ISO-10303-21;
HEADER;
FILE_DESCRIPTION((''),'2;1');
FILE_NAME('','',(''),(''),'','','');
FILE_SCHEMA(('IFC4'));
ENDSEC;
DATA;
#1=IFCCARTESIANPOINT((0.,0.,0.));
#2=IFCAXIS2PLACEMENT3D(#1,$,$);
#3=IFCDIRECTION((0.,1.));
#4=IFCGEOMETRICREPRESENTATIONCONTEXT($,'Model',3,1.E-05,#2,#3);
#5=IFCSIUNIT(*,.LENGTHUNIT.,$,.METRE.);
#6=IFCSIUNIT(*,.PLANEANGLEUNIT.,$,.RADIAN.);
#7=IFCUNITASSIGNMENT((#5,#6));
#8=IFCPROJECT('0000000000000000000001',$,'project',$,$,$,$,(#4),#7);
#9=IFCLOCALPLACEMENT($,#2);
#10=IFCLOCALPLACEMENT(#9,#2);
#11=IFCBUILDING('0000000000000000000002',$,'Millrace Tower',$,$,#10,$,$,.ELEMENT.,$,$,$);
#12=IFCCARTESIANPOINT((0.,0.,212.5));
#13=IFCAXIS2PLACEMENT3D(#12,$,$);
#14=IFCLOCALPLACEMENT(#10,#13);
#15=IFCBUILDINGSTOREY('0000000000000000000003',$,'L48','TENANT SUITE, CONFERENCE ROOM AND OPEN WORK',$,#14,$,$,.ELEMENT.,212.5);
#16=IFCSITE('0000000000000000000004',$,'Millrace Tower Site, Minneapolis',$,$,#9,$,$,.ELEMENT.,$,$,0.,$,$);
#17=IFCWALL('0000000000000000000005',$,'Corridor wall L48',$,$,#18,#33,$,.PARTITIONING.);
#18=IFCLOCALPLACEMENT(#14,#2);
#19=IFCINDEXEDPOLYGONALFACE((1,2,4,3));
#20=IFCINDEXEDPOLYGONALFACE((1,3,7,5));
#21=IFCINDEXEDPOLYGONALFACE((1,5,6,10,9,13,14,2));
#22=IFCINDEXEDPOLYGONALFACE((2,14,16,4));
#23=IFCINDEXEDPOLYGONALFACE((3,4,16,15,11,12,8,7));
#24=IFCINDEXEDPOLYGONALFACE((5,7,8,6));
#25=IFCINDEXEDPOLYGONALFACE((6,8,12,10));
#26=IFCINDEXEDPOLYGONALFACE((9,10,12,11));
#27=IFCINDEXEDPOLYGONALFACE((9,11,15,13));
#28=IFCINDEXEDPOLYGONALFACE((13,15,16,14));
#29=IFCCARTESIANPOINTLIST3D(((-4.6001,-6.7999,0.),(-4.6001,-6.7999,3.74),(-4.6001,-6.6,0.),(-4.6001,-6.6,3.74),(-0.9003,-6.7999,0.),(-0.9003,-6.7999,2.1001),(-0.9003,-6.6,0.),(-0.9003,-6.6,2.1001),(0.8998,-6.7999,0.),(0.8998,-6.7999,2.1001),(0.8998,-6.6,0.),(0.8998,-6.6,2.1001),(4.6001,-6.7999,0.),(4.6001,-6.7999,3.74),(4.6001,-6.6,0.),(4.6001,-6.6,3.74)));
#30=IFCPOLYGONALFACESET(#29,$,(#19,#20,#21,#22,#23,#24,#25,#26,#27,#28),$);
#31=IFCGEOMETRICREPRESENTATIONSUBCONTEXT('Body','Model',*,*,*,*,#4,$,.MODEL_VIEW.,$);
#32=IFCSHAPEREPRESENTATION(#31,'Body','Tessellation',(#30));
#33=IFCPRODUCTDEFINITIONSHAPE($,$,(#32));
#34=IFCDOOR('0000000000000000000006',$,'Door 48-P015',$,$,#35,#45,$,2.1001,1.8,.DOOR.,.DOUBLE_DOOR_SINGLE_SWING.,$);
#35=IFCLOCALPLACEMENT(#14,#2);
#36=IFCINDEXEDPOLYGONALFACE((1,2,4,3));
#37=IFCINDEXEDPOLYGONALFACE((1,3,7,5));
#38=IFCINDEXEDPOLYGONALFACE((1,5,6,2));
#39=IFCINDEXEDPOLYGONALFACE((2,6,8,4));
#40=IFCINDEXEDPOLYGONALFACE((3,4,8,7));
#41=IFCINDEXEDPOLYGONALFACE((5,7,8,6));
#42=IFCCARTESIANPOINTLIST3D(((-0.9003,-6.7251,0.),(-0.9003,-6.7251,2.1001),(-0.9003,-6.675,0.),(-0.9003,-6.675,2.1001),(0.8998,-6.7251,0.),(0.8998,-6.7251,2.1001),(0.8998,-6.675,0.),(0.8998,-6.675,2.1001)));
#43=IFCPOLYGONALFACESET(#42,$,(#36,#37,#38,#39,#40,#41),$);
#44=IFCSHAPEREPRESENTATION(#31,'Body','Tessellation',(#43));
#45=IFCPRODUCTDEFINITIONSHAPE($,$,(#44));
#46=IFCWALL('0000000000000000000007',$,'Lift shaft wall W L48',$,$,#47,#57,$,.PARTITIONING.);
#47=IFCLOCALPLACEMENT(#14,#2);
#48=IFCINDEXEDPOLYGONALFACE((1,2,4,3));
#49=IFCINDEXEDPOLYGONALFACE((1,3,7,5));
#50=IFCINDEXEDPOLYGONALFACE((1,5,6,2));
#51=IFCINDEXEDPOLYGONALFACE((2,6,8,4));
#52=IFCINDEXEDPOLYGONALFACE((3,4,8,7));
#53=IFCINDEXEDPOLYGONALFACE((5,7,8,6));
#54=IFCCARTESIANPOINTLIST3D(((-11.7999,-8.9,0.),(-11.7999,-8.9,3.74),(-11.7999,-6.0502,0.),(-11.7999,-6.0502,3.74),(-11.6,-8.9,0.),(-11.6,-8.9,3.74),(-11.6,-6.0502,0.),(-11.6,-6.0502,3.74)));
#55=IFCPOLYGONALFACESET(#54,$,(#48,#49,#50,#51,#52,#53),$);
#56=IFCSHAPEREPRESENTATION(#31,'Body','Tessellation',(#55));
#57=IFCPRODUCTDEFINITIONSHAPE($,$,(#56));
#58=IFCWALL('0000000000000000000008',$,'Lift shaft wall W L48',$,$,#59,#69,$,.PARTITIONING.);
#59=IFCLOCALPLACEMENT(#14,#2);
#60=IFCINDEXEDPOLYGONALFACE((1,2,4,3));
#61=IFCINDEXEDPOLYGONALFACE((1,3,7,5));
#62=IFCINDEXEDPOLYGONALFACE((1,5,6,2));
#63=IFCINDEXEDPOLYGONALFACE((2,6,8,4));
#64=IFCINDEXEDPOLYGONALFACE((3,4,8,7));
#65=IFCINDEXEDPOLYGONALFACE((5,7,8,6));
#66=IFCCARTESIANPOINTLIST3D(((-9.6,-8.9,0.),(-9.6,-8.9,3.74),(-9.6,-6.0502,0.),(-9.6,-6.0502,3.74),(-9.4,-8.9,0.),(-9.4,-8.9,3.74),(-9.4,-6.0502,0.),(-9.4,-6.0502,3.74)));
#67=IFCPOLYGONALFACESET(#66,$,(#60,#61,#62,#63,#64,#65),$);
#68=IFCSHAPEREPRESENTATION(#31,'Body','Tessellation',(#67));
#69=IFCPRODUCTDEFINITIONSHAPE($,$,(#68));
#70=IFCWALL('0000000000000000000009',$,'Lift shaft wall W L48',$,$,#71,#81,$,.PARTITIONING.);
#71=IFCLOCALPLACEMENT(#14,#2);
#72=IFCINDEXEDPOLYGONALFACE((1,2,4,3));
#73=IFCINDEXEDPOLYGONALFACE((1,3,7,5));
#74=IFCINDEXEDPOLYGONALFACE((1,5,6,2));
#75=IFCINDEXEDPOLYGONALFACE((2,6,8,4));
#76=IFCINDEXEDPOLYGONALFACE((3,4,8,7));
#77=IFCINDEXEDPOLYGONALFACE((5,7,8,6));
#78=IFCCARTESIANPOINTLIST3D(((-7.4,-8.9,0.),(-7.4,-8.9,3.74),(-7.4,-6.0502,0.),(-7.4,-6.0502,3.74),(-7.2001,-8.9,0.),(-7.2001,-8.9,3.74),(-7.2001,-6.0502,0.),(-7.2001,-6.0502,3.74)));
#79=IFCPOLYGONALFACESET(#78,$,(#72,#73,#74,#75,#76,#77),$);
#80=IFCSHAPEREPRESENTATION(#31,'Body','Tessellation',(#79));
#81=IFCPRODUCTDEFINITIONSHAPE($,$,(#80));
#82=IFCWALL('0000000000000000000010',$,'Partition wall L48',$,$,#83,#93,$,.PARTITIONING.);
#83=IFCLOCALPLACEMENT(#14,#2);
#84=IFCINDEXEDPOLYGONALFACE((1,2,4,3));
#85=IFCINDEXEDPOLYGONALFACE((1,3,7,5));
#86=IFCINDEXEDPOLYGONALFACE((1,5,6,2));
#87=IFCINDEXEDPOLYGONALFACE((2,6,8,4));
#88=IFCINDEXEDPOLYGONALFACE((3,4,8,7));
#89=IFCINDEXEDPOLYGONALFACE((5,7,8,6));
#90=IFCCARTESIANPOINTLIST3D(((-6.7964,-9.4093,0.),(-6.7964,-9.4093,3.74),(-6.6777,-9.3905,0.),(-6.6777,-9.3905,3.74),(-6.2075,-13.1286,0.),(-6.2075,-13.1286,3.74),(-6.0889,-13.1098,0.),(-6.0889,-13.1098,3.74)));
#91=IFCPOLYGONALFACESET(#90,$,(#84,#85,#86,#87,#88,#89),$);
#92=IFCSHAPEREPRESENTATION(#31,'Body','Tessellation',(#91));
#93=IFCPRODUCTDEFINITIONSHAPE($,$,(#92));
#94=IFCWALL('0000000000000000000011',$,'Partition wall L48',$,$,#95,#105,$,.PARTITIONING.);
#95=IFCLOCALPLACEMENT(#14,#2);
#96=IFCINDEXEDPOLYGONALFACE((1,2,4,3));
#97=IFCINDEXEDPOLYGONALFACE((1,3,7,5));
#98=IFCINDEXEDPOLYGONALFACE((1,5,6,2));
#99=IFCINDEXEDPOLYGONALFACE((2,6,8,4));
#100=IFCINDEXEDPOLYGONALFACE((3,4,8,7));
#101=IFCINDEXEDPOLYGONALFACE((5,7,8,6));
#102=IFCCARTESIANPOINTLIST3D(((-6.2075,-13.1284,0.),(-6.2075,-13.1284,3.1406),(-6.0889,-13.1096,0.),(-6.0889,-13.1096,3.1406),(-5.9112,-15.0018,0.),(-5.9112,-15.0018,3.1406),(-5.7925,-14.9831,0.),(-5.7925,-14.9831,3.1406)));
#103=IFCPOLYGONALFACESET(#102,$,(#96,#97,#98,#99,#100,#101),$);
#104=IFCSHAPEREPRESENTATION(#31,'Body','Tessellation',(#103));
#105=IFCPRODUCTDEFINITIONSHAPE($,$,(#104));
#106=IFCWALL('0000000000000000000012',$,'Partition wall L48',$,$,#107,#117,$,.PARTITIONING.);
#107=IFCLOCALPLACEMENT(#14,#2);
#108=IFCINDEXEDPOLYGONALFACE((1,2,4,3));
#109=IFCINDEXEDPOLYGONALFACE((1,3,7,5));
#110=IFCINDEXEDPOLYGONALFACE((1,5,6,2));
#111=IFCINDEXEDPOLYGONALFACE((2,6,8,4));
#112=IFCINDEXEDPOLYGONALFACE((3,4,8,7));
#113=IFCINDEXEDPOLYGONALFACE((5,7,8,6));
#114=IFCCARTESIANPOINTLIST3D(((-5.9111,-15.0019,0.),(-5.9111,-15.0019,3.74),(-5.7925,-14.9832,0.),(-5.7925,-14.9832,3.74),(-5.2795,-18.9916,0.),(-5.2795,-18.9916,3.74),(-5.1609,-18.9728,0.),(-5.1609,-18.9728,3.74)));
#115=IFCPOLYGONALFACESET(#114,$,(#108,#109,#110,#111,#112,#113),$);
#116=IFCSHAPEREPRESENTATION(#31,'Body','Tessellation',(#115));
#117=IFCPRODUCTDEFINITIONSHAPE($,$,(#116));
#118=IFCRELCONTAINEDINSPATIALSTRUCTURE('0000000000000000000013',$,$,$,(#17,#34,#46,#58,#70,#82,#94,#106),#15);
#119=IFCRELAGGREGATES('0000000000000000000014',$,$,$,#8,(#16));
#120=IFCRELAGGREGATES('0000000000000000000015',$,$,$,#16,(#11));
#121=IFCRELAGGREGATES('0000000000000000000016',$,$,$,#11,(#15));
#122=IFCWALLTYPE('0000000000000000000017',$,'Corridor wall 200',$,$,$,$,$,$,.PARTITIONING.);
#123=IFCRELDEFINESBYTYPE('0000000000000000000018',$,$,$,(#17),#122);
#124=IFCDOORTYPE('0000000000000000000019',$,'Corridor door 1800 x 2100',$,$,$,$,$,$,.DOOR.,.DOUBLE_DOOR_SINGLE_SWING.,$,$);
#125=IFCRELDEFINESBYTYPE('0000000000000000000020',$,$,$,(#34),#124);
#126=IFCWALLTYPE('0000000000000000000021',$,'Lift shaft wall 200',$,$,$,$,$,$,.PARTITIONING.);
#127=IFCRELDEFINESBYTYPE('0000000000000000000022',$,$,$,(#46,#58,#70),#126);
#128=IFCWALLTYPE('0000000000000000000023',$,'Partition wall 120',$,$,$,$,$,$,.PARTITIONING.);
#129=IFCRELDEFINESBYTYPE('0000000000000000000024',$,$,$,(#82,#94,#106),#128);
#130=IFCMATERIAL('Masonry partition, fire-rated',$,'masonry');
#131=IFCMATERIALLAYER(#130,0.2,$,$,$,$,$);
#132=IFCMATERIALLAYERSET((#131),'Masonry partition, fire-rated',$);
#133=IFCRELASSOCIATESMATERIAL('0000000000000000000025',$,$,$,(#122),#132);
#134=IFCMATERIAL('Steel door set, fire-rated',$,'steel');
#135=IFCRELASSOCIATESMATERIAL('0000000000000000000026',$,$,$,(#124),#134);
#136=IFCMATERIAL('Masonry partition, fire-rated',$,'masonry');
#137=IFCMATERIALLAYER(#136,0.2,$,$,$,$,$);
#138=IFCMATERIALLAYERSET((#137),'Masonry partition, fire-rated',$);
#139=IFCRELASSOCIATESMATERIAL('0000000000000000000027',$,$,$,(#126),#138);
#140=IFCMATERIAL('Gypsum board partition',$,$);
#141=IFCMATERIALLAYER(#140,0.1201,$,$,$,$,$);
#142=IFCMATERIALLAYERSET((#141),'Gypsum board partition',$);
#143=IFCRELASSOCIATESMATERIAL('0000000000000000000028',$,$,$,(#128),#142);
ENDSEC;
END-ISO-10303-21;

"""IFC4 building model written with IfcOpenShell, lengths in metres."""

from ifc_helpers import new_model, si_unit, direction, frame, frame_2d, origin, place, context, subcontext, project, spatial, rectangle, extrude, material, layer, layer_set, type_object, element, fill, save


model = new_model("IFC4")

# Units and contexts
model_context = context("Model", 3, precision=1e-05, world=origin(), true_north=direction((0.0, 1.0)))
body_context = subcontext(model_context, "Body", "Model", "MODEL_VIEW")
ifc_project = project(units=[si_unit("LENGTHUNIT", "METRE"), si_unit("PLANEANGLEUNIT", "RADIAN")], contexts=[model_context])

# Site, building, storey
site_placement = place(None, origin())
site = spatial("IfcSite", under=ifc_project, at=site_placement, Name="Millrace Tower Site, Minneapolis", CompositionType="ELEMENT", RefElevation=0.0)
building_placement = place(site_placement, origin())
building = spatial("IfcBuilding", under=site, at=building_placement, Name="Millrace Tower", CompositionType="ELEMENT")
storey_placement = place(building_placement, frame((0.0, 0.0, 212.5)))
storey = spatial("IfcBuildingStorey", under=building, at=storey_placement, Name="L48", Description="TENANT SUITE, CONFERENCE ROOM AND OPEN WORK", CompositionType="ELEMENT", Elevation=212.5)

# Wall, opening, door
ifc_material_1 = material(Name="Masonry partition, fire-rated", Category="masonry")
ifc_layer_1 = layer(ifc_material_1, 0.2)
ifc_layer_set_1 = layer_set([ifc_layer_1], Name="Masonry partition, fire-rated")
wall_type_1 = type_object("IfcWallType", Name="Corridor wall 200", PredefinedType="PARTITIONING", material=ifc_layer_set_1)
wall_1_placement = place(storey_placement, frame((-4.6001, -6.7, 0.0), z_axis=(0.0, 0.0, 1.0), x_axis=(1.0, 0.0, 0.0)))
wall_1 = element("IfcWall", 1, at=wall_1_placement, inside=storey, type_object=wall_type_1, Name="Corridor wall L48", PredefinedType="PARTITIONING", context=body_context, shape_type="SweptSolid", body=[
    extrude(rectangle(XDim=9.2002, YDim=0.2, at=frame_2d((4.6001, 0.0))), origin(), (0.0, 0.0, 1.0), 3.74),
])
opening_placement = place(wall_1_placement, frame((3.7, 0.0, 0.0)))
opening = element("IfcOpeningElement", 2, at=opening_placement, cuts=wall_1, PredefinedType="OPENING", context=body_context, shape_type="SweptSolid", body=[
    extrude(rectangle(XDim=1.8, YDim=2.1001, at=frame_2d((0.8999, 1.05))), frame((0.0, 0.1099, 0.0), z_axis=(0.0, -1.0, 0.0), x_axis=(1.0, 0.0, 0.0)), (0.0, 0.0, 1.0), 0.22),
])
ifc_material_2 = material(Name="Steel door set, fire-rated", Category="steel")
door_type = type_object("IfcDoorType", Name="Corridor door 1800 x 2100", OperationType="DOUBLE_DOOR_SINGLE_SWING", PredefinedType="DOOR", material=ifc_material_2)
door_placement = place(opening_placement, origin())
door = element("IfcDoor", 3, at=door_placement, inside=storey, type_object=door_type, Name="Door 48-P015", OperationType="DOUBLE_DOOR_SINGLE_SWING", OverallHeight=2.1001, OverallWidth=1.8, PredefinedType="DOOR", context=body_context, shape_type="SweptSolid", body=[
    extrude(rectangle(XDim=1.8, YDim=2.1001, at=frame_2d((0.8999, 1.05))), frame((0.0, 0.0249, 0.0), z_axis=(0.0, -1.0, 0.0), x_axis=(1.0, 0.0, 0.0)), (0.0, 0.0, 1.0), 0.05),
])
fill(opening, door)

# Walls
ifc_material_3 = material(Name="Masonry partition, fire-rated", Category="masonry")
ifc_layer_2 = layer(ifc_material_3, 0.2)
ifc_layer_set_2 = layer_set([ifc_layer_2], Name="Masonry partition, fire-rated")
wall_type_2 = type_object("IfcWallType", Name="Lift shaft wall 200", PredefinedType="PARTITIONING", material=ifc_layer_set_2)
for number, where, z_axis, x_axis, name in (
    (4, (-11.7, -8.8999, 0.0), (0.0, 0.0, 1.0), (0.0, 1.0, 0.0), "Lift shaft wall W L48"),
    (5, (-9.5, -8.8999, 0.0), (0.0, 0.0, 1.0), (0.0, 1.0, 0.0), "Lift shaft wall W L48"),
    (6, (-7.3, -8.8999, 0.0), (0.0, 0.0, 1.0), (0.0, 1.0, 0.0), "Lift shaft wall W L48"),
):
    element("IfcWall", number, at=place(storey_placement, frame(where, z_axis=z_axis, x_axis=x_axis)), inside=storey, type_object=wall_type_2, Name=name, PredefinedType="PARTITIONING", context=body_context, shape_type="SweptSolid", body=[
        extrude(rectangle(XDim=2.8499, YDim=0.2, at=frame_2d((1.4248, 0.0))), origin(), (0.0, 0.0, 1.0), 3.74),
    ])
ifc_material_4 = material(Name="Gypsum board partition")
ifc_layer_3 = layer(ifc_material_4, 0.1201)
ifc_layer_set_3 = layer_set([ifc_layer_3], Name="Gypsum board partition")
wall_type_3 = type_object("IfcWallType", Name="Partition wall 120", PredefinedType="PARTITIONING", material=ifc_layer_set_3)
wall_2_placement = place(storey_placement, frame((-6.7371, -9.3999, 0.0), z_axis=(0.0, 0.0, 1.0), x_axis=(0.156382, -0.987697, 0.0)))
element("IfcWall", 7, at=wall_2_placement, inside=storey, type_object=wall_type_3, Name="Partition wall L48", PredefinedType="PARTITIONING", context=body_context, shape_type="SweptSolid", body=[
    extrude(rectangle(XDim=3.7656, YDim=0.1201, at=frame_2d((1.8828, 0.0))), origin(), (0.0, 0.0, 1.0), 3.74),
])
wall_3_placement = place(storey_placement, frame((-6.1482, -13.1191, 0.0), z_axis=(0.0, 0.0, 1.0), x_axis=(0.156253, -0.987717, 0.0)))
element("IfcWall", 8, at=wall_3_placement, inside=storey, type_object=wall_type_3, Name="Partition wall L48", PredefinedType="PARTITIONING", context=body_context, shape_type="SweptSolid", body=[
    extrude(rectangle(XDim=1.8967, YDim=0.1201, at=frame_2d((0.9482, 0.0))), origin(), (0.0, 0.0, 1.0), 3.1406),
])
wall_4_placement = place(storey_placement, frame((-5.8518, -14.9927, 0.0), z_axis=(0.0, 0.0, 1.0), x_axis=(0.156366, -0.987699, 0.0)))
element("IfcWall", 9, at=wall_4_placement, inside=storey, type_object=wall_type_3, Name="Partition wall L48", PredefinedType="PARTITIONING", context=body_context, shape_type="SweptSolid", body=[
    extrude(rectangle(XDim=4.0393, YDim=0.1201, at=frame_2d((2.0195, 0.0))), origin(), (0.0, 0.0, 1.0), 3.74),
])

save(model, "model.ifc")
